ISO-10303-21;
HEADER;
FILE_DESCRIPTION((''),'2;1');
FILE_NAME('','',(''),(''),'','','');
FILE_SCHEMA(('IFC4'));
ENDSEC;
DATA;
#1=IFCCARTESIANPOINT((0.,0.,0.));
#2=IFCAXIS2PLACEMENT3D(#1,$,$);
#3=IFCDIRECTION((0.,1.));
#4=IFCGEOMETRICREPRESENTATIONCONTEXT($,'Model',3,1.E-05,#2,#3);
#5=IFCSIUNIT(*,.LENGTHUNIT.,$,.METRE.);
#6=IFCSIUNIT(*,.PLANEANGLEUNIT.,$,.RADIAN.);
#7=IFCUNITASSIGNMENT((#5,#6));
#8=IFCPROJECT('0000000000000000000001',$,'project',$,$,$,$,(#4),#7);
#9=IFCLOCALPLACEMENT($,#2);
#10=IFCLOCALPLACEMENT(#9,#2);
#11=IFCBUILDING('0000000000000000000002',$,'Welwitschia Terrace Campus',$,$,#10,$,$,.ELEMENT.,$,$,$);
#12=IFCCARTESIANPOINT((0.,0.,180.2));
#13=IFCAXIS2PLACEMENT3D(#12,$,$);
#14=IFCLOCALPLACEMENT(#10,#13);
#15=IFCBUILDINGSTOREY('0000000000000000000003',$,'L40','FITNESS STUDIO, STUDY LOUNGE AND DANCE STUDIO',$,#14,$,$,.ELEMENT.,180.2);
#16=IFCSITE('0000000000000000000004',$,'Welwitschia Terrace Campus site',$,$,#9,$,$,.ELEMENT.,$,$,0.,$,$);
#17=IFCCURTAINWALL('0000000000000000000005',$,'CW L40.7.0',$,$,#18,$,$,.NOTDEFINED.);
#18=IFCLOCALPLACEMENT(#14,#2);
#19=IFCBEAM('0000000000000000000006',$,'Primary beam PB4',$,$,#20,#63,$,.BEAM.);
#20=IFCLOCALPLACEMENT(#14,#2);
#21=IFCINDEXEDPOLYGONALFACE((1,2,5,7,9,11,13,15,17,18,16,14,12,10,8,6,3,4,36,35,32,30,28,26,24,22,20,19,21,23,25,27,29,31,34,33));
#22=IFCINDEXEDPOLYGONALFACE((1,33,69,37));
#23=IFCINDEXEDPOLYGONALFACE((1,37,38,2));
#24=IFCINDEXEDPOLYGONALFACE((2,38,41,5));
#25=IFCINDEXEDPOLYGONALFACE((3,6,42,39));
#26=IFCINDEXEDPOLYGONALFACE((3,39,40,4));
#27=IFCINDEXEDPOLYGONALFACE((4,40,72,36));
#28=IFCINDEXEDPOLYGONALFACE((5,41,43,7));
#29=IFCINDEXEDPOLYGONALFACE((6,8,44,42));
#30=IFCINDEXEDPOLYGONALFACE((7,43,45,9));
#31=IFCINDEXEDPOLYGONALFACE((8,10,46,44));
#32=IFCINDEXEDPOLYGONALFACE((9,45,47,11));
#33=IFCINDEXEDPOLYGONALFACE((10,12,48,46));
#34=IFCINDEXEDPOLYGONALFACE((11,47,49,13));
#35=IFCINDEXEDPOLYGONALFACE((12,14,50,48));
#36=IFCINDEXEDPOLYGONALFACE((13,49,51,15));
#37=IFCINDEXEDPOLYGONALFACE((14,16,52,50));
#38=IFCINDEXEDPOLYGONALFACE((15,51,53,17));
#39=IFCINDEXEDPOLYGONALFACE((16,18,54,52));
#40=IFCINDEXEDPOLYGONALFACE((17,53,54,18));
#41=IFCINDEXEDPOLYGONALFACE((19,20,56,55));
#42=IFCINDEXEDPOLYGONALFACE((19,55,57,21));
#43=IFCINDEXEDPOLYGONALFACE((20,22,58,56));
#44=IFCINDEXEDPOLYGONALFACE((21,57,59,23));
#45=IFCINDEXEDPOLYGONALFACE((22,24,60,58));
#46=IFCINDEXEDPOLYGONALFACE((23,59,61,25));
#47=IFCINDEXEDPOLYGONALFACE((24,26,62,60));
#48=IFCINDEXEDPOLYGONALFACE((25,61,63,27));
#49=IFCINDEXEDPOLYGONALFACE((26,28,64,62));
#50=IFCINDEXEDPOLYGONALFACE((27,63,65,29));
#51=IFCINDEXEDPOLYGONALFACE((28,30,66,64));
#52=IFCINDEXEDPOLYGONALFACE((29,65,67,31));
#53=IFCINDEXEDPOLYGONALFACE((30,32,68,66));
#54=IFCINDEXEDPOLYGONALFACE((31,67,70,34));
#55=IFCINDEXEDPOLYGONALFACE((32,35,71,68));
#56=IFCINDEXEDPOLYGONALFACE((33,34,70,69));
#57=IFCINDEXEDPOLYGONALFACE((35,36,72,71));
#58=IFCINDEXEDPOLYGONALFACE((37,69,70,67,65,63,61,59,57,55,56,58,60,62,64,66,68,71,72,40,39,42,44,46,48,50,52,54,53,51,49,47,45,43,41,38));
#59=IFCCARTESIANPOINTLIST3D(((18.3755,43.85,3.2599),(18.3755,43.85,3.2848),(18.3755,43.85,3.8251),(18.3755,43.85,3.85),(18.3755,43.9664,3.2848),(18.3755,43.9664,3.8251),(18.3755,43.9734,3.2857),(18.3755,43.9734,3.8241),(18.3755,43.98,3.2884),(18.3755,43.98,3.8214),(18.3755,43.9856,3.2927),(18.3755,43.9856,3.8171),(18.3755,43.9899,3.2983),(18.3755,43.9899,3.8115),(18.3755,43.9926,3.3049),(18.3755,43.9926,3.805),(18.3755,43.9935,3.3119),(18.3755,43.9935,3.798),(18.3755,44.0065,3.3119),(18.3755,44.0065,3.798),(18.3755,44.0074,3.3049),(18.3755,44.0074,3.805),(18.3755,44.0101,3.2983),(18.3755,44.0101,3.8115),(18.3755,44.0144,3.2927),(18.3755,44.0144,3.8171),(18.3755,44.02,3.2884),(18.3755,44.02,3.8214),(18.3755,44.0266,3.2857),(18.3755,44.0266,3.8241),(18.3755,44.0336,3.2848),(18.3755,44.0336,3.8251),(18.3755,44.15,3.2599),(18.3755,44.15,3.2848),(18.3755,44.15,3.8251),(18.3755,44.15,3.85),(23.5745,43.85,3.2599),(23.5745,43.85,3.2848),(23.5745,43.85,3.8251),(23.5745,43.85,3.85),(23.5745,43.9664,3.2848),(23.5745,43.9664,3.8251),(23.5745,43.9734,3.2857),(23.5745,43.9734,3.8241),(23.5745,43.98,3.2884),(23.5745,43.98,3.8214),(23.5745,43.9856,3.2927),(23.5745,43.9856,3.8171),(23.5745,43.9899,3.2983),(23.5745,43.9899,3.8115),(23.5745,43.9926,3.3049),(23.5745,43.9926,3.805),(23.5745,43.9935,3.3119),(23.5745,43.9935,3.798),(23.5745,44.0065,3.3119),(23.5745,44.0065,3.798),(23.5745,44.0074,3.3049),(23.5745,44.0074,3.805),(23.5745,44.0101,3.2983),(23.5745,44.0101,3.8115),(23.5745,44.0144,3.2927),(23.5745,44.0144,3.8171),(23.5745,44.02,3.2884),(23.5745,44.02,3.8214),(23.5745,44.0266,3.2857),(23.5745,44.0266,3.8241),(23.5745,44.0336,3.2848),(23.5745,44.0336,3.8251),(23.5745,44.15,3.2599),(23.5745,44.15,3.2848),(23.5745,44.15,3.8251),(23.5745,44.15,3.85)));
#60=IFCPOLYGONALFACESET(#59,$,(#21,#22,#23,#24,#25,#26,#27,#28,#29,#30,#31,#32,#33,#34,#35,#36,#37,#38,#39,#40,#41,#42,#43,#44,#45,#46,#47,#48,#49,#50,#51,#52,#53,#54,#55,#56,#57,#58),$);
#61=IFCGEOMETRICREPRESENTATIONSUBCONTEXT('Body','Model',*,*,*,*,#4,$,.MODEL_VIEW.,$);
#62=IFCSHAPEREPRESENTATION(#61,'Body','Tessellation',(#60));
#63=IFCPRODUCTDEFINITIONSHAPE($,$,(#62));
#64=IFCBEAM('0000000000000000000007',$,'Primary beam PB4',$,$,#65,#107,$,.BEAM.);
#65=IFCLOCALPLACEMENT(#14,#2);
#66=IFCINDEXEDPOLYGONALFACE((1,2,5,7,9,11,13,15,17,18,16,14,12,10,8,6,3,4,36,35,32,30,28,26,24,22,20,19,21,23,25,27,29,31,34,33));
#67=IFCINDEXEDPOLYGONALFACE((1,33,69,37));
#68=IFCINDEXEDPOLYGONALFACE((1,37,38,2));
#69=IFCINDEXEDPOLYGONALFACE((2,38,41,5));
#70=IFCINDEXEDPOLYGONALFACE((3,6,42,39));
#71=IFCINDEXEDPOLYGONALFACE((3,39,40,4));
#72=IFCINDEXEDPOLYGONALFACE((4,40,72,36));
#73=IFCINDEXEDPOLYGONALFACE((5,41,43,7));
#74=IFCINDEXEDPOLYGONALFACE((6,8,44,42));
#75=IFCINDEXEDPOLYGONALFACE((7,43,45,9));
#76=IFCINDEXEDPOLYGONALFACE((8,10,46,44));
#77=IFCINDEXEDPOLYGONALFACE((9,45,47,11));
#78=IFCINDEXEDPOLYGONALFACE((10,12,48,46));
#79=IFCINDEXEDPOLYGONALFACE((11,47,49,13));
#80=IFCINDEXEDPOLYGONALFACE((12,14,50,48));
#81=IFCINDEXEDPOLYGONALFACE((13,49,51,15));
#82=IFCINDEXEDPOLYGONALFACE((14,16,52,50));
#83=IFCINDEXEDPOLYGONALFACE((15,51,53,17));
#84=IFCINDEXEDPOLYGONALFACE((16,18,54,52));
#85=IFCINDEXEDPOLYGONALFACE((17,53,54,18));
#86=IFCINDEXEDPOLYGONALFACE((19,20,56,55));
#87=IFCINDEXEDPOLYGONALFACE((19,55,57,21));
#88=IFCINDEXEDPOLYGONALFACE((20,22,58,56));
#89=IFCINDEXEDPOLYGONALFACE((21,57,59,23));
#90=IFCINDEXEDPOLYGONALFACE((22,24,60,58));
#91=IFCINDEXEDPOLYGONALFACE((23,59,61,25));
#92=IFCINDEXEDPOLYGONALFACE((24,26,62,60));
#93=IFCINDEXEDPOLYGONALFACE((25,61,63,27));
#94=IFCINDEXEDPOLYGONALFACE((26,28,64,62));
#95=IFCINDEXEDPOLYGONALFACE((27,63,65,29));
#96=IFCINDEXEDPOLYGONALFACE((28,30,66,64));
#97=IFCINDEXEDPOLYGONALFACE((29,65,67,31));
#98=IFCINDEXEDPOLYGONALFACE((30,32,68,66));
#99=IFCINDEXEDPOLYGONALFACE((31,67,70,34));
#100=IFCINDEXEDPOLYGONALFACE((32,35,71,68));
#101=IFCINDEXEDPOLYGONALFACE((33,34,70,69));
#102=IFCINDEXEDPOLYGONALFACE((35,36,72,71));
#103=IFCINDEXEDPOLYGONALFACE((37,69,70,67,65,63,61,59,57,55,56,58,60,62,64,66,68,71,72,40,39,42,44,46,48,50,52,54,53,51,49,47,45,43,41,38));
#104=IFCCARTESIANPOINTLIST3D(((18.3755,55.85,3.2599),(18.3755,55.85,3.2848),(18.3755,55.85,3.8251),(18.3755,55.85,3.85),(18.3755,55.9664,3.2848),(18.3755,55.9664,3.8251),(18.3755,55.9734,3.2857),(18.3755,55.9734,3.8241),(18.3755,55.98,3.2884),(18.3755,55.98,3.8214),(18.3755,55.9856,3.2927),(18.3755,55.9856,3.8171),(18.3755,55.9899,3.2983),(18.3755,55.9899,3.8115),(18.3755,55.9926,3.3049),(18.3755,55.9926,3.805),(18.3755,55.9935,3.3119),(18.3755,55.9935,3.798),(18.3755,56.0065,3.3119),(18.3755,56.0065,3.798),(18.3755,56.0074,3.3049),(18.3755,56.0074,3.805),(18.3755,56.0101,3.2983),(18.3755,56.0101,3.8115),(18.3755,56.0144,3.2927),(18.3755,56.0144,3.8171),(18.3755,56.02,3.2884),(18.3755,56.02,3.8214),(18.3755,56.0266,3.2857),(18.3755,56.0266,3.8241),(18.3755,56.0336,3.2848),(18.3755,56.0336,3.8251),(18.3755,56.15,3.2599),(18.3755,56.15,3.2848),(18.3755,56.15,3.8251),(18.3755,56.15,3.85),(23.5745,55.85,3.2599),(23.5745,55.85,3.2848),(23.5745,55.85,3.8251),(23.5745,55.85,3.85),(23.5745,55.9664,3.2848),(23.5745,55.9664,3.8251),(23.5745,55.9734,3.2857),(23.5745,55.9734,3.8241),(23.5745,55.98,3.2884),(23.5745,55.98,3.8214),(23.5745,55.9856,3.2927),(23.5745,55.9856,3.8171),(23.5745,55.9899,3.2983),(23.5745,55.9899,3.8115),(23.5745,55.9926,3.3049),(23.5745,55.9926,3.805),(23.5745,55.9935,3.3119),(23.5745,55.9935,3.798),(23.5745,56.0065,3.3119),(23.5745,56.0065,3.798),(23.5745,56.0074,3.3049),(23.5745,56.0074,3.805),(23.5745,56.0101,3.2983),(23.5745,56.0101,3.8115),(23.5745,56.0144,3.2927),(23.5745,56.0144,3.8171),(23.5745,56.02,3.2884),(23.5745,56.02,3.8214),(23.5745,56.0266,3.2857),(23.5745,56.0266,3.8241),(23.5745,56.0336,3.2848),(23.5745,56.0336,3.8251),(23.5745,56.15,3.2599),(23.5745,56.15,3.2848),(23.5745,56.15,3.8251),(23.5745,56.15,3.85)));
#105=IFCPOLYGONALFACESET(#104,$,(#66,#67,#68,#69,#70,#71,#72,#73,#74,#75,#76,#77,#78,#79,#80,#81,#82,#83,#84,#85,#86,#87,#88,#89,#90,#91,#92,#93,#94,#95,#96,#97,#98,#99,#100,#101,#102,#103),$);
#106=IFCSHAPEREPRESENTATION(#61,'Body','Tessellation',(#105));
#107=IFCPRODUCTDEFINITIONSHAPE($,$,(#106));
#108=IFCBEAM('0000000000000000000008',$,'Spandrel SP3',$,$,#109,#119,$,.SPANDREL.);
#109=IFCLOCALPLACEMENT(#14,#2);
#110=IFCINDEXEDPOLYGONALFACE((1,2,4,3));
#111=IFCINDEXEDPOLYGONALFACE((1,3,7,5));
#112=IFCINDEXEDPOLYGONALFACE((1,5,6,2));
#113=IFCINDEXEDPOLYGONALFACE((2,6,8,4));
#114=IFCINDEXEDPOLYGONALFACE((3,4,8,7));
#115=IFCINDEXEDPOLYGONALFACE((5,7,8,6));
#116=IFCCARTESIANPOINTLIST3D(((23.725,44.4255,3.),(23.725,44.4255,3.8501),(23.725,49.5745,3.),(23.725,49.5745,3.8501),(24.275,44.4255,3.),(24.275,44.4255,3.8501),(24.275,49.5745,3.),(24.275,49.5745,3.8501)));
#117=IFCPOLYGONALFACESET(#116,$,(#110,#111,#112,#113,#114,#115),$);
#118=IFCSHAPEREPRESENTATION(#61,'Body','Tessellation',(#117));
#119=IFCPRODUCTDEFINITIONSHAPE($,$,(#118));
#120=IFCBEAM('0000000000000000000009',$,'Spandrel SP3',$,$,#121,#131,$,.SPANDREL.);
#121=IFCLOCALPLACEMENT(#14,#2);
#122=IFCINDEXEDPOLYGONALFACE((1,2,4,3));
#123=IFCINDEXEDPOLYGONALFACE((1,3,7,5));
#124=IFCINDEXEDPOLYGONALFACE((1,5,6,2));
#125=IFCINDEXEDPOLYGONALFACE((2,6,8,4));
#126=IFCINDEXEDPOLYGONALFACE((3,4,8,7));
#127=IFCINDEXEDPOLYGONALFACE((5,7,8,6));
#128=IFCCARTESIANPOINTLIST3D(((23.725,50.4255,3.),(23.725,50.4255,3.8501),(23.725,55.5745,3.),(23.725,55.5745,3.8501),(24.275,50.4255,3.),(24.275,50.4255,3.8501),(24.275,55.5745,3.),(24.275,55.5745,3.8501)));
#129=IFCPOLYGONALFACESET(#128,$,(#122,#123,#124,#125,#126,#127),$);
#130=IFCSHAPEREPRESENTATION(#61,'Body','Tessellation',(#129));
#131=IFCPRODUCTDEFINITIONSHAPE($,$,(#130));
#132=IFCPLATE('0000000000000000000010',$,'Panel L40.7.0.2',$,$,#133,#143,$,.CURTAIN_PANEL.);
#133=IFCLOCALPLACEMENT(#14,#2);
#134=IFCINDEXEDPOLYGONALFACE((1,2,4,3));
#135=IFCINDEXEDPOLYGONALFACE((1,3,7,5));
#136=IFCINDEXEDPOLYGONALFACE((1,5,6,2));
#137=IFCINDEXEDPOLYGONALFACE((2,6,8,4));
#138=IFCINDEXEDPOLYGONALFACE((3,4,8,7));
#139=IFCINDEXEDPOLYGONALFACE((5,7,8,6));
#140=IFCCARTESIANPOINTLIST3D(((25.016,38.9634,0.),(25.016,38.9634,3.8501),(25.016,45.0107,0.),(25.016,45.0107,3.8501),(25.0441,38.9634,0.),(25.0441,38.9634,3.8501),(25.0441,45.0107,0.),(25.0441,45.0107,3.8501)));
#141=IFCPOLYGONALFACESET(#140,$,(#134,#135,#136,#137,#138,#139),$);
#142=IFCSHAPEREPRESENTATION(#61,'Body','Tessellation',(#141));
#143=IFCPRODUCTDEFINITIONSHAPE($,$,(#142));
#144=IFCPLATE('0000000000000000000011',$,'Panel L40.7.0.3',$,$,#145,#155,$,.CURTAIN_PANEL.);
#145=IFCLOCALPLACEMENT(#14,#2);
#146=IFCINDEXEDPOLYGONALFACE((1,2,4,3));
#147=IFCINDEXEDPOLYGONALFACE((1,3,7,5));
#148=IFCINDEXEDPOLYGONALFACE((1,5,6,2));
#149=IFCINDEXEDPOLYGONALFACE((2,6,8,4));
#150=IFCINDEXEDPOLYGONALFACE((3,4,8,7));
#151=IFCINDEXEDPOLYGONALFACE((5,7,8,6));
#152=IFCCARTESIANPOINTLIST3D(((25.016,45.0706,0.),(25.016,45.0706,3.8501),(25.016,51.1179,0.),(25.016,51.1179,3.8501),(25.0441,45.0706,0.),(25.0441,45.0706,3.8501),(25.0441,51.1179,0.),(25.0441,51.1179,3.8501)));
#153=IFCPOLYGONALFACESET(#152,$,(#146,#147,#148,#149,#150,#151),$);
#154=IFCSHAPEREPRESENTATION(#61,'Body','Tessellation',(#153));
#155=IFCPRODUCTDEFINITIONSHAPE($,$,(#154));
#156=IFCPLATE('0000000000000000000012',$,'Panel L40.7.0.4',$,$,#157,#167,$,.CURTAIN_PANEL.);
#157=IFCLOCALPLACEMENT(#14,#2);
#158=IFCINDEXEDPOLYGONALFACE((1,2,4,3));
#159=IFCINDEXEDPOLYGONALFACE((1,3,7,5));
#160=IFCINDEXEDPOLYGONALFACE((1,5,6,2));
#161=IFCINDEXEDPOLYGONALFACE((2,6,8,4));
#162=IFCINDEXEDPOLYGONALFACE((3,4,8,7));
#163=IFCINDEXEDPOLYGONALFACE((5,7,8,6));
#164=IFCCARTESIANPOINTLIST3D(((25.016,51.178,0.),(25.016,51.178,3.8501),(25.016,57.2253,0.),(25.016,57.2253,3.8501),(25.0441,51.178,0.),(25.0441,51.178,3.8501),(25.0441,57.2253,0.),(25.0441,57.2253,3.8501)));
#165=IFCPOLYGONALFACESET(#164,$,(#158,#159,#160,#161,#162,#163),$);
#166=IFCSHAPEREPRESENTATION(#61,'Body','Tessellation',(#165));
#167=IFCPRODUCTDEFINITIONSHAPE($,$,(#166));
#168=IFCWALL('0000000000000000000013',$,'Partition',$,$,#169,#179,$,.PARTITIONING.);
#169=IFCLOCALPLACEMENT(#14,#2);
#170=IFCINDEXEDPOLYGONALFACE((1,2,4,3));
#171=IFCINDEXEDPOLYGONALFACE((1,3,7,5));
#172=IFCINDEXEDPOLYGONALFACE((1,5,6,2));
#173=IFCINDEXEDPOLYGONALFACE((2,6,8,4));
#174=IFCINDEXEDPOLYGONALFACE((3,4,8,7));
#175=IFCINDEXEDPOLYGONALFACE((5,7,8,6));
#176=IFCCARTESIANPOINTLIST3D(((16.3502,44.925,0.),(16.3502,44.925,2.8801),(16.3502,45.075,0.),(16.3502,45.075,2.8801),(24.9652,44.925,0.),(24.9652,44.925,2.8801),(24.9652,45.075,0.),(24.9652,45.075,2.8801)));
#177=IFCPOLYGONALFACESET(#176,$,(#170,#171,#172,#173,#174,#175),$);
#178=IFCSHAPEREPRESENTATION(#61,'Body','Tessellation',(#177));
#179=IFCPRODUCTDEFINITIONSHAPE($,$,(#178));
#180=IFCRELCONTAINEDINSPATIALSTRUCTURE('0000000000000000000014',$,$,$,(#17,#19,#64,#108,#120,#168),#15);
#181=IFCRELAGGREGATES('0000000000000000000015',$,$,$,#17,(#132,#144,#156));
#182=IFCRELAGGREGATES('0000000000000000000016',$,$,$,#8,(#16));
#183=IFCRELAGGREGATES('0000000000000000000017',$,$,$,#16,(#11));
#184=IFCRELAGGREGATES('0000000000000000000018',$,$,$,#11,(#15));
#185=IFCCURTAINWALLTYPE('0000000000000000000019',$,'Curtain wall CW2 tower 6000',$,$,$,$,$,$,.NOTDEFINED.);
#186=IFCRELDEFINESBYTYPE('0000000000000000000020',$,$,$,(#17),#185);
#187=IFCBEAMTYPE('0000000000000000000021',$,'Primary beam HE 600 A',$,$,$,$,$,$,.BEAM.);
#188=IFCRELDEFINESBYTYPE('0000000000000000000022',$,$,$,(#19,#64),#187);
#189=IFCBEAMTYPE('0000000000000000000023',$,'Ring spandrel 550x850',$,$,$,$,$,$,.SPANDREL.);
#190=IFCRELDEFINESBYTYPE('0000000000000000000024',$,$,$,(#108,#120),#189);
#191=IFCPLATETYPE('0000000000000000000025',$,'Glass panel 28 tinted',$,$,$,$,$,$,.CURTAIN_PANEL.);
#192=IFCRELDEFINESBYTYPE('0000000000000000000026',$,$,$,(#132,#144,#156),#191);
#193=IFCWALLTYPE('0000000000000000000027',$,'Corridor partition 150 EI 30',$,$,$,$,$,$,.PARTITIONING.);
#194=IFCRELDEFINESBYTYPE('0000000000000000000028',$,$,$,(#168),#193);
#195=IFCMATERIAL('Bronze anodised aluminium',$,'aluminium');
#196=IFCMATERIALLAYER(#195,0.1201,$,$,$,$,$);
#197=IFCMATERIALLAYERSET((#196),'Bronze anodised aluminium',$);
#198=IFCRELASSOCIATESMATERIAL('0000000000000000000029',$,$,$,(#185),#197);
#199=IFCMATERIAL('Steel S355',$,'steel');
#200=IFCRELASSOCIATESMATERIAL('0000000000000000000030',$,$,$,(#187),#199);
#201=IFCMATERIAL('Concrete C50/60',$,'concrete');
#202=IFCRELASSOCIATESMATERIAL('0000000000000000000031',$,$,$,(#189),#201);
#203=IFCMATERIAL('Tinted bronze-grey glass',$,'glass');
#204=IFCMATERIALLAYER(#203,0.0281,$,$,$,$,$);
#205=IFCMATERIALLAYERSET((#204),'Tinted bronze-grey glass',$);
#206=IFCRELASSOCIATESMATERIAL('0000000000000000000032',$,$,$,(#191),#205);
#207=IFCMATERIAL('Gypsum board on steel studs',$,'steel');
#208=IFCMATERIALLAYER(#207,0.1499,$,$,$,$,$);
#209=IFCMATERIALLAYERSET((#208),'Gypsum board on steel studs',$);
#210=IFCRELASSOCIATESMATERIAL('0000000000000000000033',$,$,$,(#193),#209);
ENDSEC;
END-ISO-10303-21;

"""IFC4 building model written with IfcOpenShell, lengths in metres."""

from ifc_helpers import new_model, si_unit, direction, frame, frame_2d, origin, origin_2d, place, context, subcontext, project, spatial, rectangle, i_section, extrude, material, layer, layer_set, material_profile, profile_set, type_object, element, aggregate, save


model = new_model("IFC4")

# Units and contexts
model_context = context("Model", 3, precision=1e-05, world=origin(), true_north=direction((0.0, 1.0)))
body_context = subcontext(model_context, "Body", "Model", "MODEL_VIEW")
ifc_project = project(units=[si_unit("LENGTHUNIT", "METRE"), si_unit("PLANEANGLEUNIT", "RADIAN")], contexts=[model_context])

# Site, building, storey
site_placement = place(None, origin())
site = spatial("IfcSite", under=ifc_project, at=site_placement, Name="Welwitschia Terrace Campus site", CompositionType="ELEMENT", RefElevation=0.0)
building_placement = place(site_placement, origin())
building = spatial("IfcBuilding", under=site, at=building_placement, Name="Welwitschia Terrace Campus", CompositionType="ELEMENT")
storey_placement = place(building_placement, frame((0.0, 0.0, 180.2)))
storey = spatial("IfcBuildingStorey", under=building, at=storey_placement, Name="L40", Description="FITNESS STUDIO, STUDY LOUNGE AND DANCE STUDIO", CompositionType="ELEMENT", Elevation=180.2)

# Curtain wall
ifc_material_1 = material(Name="Bronze anodised aluminium", Category="aluminium")
ifc_layer_1 = layer(ifc_material_1, 0.1201)
ifc_layer_set_1 = layer_set([ifc_layer_1], Name="Bronze anodised aluminium")
curtain_wall_type = type_object("IfcCurtainWallType", Name="Curtain wall CW2 tower 6000", PredefinedType="NOTDEFINED", material=ifc_layer_set_1)
curtain_wall_placement = place(storey_placement, origin())
curtain_wall = element("IfcCurtainWall", 1, at=curtain_wall_placement, inside=storey, type_object=curtain_wall_type, Name="CW L40.7.0", PredefinedType="NOTDEFINED")

# Beams
ifc_material_2 = material(Name="Steel S355", Category="steel")
ifc_material_profile_1 = material_profile(ifc_material_2, i_section(OverallWidth=0.3, OverallDepth=0.5901, WebThickness=0.0129, FlangeThickness=0.0249, FilletRadius=0.0271, at=origin_2d()))
ifc_profile_set_1 = profile_set([ifc_material_profile_1], Name="Steel S355")
beam_type_1 = type_object("IfcBeamType", Name="Primary beam HE 600 A", PredefinedType="BEAM", material=ifc_profile_set_1)
for number, where, z_axis, x_axis, name in (
    (2, (23.5745, 44.0, 3.5549), (-1.0, 0.0, 0.0), (0.0, -1.0, 0.0), "Primary beam PB4"),
    (3, (23.5745, 56.0, 3.5549), (-1.0, 0.0, 0.0), (0.0, -1.0, 0.0), "Primary beam PB4"),
):
    element("IfcBeam", number, at=place(storey_placement, frame(where, z_axis=z_axis, x_axis=x_axis)), inside=storey, type_object=beam_type_1, Name=name, PredefinedType="BEAM", context=body_context, shape_type="SweptSolid", body=[
        extrude(i_section(OverallWidth=0.3, OverallDepth=0.5901, WebThickness=0.0129, FlangeThickness=0.0249, FilletRadius=0.0271, at=origin_2d()), origin(), (0.0, 0.0, 1.0), 5.199),
    ])
ifc_material_3 = material(Name="Concrete C50/60", Category="concrete")
ifc_material_profile_2 = material_profile(ifc_material_3, rectangle(XDim=0.55, YDim=0.8501, at=origin_2d()))
ifc_profile_set_2 = profile_set([ifc_material_profile_2], Name="Concrete C50/60")
beam_type_2 = type_object("IfcBeamType", Name="Ring spandrel 550x850", PredefinedType="SPANDREL", material=ifc_profile_set_2)
for number, where, z_axis, x_axis, name in (
    (4, (24.0, 44.4255, 3.425), (0.0, 1.0, 0.0), (-1.0, 0.0, 0.0), "Spandrel SP3"),
    (5, (24.0, 50.4255, 3.425), (0.0, 1.0, 0.0), (-1.0, 0.0, 0.0), "Spandrel SP3"),
):
    element("IfcBeam", number, at=place(storey_placement, frame(where, z_axis=z_axis, x_axis=x_axis)), inside=storey, type_object=beam_type_2, Name=name, PredefinedType="SPANDREL", context=body_context, shape_type="SweptSolid", body=[
        extrude(rectangle(XDim=0.55, YDim=0.8501, at=origin_2d()), origin(), (0.0, 0.0, 1.0), 5.1489),
    ])

# Plates
ifc_material_4 = material(Name="Tinted bronze-grey glass", Category="glass")
ifc_layer_2 = layer(ifc_material_4, 0.0281)
ifc_layer_set_2 = layer_set([ifc_layer_2], Name="Tinted bronze-grey glass")
plate_type = type_object("IfcPlateType", Name="Glass panel 28 tinted", PredefinedType="CURTAIN_PANEL", material=ifc_layer_set_2)
plate_1_placement = place(storey_placement, frame((25.03, 41.9871, 0.0), z_axis=(0.0, 0.0, 1.0), x_axis=(0.0, 1.0, 0.0)))
plate_1 = element("IfcPlate", 6, at=plate_1_placement, type_object=plate_type, Name="Panel L40.7.0.2", PredefinedType="CURTAIN_PANEL", context=body_context, shape_type="SweptSolid", body=[
    extrude(rectangle(XDim=6.0474, YDim=0.0281, at=origin_2d()), origin(), (0.0, 0.0, 1.0), 3.8501),
])
plate_2_placement = place(storey_placement, frame((25.03, 48.0942, 0.0), z_axis=(0.0, 0.0, 1.0), x_axis=(0.0, 1.0, 0.0)))
plate_2 = element("IfcPlate", 7, at=plate_2_placement, type_object=plate_type, Name="Panel L40.7.0.3", PredefinedType="CURTAIN_PANEL", context=body_context, shape_type="SweptSolid", body=[
    extrude(rectangle(XDim=6.0474, YDim=0.0281, at=origin_2d()), origin(), (0.0, 0.0, 1.0), 3.8501),
])
plate_3_placement = place(storey_placement, frame((25.03, 54.2017, 0.0), z_axis=(0.0, 0.0, 1.0), x_axis=(0.0, 1.0, 0.0)))
plate_3 = element("IfcPlate", 8, at=plate_3_placement, type_object=plate_type, Name="Panel L40.7.0.4", PredefinedType="CURTAIN_PANEL", context=body_context, shape_type="SweptSolid", body=[
    extrude(rectangle(XDim=6.0474, YDim=0.0281, at=origin_2d()), origin(), (0.0, 0.0, 1.0), 3.8501),
])
aggregate(curtain_wall, [plate_1, plate_2, plate_3])

# Wall
ifc_material_5 = material(Name="Gypsum board on steel studs", Category="steel")
ifc_layer_3 = layer(ifc_material_5, 0.1499)
ifc_layer_set_3 = layer_set([ifc_layer_3], Name="Gypsum board on steel studs")
wall_type = type_object("IfcWallType", Name="Corridor partition 150 EI 30", PredefinedType="PARTITIONING", material=ifc_layer_set_3)
wall_1_placement = place(storey_placement, frame((16.3501, 45.0, 0.0), z_axis=(0.0, 0.0, 1.0), x_axis=(1.0, 0.0, 0.0)))
element("IfcWall", 9, at=wall_1_placement, inside=storey, type_object=wall_type, Name="Partition", PredefinedType="PARTITIONING", context=body_context, shape_type="SweptSolid", body=[
    extrude(rectangle(XDim=8.615, YDim=0.1499, at=frame_2d((4.3076, 0.0))), origin(), (0.0, 0.0, 1.0), 2.8801),
])

save(model, "model.ifc")
